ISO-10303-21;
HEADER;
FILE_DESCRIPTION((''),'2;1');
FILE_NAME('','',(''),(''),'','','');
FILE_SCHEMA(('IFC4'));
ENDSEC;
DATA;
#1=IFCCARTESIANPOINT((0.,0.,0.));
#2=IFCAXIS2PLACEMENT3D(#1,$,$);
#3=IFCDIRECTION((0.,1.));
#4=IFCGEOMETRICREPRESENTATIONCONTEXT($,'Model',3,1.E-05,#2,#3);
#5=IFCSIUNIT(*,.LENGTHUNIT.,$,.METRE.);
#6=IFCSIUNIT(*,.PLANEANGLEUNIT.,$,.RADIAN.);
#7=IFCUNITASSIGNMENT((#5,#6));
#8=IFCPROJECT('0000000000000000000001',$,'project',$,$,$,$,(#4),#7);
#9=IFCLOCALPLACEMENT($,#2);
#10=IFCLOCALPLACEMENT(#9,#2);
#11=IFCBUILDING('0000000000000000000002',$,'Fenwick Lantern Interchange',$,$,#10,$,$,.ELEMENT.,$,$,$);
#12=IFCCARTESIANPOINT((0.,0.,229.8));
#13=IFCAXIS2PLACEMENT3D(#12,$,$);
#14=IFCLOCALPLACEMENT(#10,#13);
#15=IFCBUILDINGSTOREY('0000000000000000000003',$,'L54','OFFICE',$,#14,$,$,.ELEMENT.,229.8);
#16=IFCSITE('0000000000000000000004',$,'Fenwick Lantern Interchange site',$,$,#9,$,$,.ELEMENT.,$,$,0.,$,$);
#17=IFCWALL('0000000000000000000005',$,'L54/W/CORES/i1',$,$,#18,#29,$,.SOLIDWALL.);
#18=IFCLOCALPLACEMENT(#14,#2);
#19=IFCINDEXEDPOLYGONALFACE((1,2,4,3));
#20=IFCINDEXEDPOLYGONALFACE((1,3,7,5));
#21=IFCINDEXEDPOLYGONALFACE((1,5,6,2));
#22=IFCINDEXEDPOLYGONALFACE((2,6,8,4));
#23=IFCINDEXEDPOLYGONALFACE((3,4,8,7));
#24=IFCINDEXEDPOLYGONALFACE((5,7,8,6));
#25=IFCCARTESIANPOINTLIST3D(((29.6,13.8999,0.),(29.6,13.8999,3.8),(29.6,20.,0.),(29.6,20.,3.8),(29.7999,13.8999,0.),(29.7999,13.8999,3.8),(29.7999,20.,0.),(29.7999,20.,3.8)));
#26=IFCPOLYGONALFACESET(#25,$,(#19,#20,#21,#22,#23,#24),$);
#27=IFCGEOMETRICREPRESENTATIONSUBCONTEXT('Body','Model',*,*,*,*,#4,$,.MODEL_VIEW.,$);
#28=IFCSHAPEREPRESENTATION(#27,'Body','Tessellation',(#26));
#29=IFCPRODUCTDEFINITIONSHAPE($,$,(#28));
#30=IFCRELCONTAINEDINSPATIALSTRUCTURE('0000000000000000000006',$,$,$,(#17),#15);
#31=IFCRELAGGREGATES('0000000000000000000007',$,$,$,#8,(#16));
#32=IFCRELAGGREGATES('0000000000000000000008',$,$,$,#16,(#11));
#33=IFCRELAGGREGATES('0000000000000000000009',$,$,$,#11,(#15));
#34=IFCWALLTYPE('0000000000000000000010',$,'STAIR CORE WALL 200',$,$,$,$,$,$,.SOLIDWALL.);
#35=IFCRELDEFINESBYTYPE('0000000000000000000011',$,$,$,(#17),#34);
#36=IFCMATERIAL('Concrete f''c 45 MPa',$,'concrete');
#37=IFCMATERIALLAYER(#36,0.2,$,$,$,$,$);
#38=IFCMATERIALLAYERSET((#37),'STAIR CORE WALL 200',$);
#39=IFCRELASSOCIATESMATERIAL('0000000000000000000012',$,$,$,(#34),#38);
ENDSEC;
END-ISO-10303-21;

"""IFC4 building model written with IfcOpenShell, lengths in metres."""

from ifc_helpers import new_model, si_unit, direction, frame, frame_2d, origin, place, context, subcontext, project, spatial, rectangle, extrude, material, layer, layer_set, type_object, element, save


model = new_model("IFC4")

# Units and contexts
model_context = context("Model", 3, precision=1e-05, world=origin(), true_north=direction((0.0, 1.0)))
body_context = subcontext(model_context, "Body", "Model", "MODEL_VIEW")
ifc_project = project(units=[si_unit("LENGTHUNIT", "METRE"), si_unit("PLANEANGLEUNIT", "RADIAN")], contexts=[model_context])

# Site, building, storey
site_placement = place(None, origin())
site = spatial("IfcSite", under=ifc_project, at=site_placement, Name="Fenwick Lantern Interchange site", CompositionType="ELEMENT", RefElevation=0.0)
building_placement = place(site_placement, origin())
building = spatial("IfcBuilding", under=site, at=building_placement, Name="Fenwick Lantern Interchange", CompositionType="ELEMENT")
storey_placement = place(building_placement, frame((0.0, 0.0, 229.8)))
storey = spatial("IfcBuildingStorey", under=building, at=storey_placement, Name="L54", Description="OFFICE", CompositionType="ELEMENT", Elevation=229.8)

# Wall
ifc_material_1 = material(Name="Concrete f'c 45 MPa", Category="concrete")
ifc_layer_1 = layer(ifc_material_1, 0.2)
ifc_layer_set_1 = layer_set([ifc_layer_1], Name="STAIR CORE WALL 200")
wall_type_1 = type_object("IfcWallType", Name="STAIR CORE WALL 200", PredefinedType="SOLIDWALL", material=ifc_layer_set_1)
wall_1_placement = place(storey_placement, frame((29.7, 13.8999, 0.0), z_axis=(0.0, 0.0, 1.0), x_axis=(0.0, 1.0, 0.0)))
element("IfcWall", 1, at=wall_1_placement, inside=storey, type_object=wall_type_1, Name="L54/W/CORES/i1", PredefinedType="SOLIDWALL", context=body_context, shape_type="SweptSolid", body=[
    extrude(rectangle(XDim=6.1001, YDim=0.2, at=frame_2d((3.05, 0.0))), origin(), (0.0, 0.0, 1.0), 3.8),
])

save(model, "model.ifc")
